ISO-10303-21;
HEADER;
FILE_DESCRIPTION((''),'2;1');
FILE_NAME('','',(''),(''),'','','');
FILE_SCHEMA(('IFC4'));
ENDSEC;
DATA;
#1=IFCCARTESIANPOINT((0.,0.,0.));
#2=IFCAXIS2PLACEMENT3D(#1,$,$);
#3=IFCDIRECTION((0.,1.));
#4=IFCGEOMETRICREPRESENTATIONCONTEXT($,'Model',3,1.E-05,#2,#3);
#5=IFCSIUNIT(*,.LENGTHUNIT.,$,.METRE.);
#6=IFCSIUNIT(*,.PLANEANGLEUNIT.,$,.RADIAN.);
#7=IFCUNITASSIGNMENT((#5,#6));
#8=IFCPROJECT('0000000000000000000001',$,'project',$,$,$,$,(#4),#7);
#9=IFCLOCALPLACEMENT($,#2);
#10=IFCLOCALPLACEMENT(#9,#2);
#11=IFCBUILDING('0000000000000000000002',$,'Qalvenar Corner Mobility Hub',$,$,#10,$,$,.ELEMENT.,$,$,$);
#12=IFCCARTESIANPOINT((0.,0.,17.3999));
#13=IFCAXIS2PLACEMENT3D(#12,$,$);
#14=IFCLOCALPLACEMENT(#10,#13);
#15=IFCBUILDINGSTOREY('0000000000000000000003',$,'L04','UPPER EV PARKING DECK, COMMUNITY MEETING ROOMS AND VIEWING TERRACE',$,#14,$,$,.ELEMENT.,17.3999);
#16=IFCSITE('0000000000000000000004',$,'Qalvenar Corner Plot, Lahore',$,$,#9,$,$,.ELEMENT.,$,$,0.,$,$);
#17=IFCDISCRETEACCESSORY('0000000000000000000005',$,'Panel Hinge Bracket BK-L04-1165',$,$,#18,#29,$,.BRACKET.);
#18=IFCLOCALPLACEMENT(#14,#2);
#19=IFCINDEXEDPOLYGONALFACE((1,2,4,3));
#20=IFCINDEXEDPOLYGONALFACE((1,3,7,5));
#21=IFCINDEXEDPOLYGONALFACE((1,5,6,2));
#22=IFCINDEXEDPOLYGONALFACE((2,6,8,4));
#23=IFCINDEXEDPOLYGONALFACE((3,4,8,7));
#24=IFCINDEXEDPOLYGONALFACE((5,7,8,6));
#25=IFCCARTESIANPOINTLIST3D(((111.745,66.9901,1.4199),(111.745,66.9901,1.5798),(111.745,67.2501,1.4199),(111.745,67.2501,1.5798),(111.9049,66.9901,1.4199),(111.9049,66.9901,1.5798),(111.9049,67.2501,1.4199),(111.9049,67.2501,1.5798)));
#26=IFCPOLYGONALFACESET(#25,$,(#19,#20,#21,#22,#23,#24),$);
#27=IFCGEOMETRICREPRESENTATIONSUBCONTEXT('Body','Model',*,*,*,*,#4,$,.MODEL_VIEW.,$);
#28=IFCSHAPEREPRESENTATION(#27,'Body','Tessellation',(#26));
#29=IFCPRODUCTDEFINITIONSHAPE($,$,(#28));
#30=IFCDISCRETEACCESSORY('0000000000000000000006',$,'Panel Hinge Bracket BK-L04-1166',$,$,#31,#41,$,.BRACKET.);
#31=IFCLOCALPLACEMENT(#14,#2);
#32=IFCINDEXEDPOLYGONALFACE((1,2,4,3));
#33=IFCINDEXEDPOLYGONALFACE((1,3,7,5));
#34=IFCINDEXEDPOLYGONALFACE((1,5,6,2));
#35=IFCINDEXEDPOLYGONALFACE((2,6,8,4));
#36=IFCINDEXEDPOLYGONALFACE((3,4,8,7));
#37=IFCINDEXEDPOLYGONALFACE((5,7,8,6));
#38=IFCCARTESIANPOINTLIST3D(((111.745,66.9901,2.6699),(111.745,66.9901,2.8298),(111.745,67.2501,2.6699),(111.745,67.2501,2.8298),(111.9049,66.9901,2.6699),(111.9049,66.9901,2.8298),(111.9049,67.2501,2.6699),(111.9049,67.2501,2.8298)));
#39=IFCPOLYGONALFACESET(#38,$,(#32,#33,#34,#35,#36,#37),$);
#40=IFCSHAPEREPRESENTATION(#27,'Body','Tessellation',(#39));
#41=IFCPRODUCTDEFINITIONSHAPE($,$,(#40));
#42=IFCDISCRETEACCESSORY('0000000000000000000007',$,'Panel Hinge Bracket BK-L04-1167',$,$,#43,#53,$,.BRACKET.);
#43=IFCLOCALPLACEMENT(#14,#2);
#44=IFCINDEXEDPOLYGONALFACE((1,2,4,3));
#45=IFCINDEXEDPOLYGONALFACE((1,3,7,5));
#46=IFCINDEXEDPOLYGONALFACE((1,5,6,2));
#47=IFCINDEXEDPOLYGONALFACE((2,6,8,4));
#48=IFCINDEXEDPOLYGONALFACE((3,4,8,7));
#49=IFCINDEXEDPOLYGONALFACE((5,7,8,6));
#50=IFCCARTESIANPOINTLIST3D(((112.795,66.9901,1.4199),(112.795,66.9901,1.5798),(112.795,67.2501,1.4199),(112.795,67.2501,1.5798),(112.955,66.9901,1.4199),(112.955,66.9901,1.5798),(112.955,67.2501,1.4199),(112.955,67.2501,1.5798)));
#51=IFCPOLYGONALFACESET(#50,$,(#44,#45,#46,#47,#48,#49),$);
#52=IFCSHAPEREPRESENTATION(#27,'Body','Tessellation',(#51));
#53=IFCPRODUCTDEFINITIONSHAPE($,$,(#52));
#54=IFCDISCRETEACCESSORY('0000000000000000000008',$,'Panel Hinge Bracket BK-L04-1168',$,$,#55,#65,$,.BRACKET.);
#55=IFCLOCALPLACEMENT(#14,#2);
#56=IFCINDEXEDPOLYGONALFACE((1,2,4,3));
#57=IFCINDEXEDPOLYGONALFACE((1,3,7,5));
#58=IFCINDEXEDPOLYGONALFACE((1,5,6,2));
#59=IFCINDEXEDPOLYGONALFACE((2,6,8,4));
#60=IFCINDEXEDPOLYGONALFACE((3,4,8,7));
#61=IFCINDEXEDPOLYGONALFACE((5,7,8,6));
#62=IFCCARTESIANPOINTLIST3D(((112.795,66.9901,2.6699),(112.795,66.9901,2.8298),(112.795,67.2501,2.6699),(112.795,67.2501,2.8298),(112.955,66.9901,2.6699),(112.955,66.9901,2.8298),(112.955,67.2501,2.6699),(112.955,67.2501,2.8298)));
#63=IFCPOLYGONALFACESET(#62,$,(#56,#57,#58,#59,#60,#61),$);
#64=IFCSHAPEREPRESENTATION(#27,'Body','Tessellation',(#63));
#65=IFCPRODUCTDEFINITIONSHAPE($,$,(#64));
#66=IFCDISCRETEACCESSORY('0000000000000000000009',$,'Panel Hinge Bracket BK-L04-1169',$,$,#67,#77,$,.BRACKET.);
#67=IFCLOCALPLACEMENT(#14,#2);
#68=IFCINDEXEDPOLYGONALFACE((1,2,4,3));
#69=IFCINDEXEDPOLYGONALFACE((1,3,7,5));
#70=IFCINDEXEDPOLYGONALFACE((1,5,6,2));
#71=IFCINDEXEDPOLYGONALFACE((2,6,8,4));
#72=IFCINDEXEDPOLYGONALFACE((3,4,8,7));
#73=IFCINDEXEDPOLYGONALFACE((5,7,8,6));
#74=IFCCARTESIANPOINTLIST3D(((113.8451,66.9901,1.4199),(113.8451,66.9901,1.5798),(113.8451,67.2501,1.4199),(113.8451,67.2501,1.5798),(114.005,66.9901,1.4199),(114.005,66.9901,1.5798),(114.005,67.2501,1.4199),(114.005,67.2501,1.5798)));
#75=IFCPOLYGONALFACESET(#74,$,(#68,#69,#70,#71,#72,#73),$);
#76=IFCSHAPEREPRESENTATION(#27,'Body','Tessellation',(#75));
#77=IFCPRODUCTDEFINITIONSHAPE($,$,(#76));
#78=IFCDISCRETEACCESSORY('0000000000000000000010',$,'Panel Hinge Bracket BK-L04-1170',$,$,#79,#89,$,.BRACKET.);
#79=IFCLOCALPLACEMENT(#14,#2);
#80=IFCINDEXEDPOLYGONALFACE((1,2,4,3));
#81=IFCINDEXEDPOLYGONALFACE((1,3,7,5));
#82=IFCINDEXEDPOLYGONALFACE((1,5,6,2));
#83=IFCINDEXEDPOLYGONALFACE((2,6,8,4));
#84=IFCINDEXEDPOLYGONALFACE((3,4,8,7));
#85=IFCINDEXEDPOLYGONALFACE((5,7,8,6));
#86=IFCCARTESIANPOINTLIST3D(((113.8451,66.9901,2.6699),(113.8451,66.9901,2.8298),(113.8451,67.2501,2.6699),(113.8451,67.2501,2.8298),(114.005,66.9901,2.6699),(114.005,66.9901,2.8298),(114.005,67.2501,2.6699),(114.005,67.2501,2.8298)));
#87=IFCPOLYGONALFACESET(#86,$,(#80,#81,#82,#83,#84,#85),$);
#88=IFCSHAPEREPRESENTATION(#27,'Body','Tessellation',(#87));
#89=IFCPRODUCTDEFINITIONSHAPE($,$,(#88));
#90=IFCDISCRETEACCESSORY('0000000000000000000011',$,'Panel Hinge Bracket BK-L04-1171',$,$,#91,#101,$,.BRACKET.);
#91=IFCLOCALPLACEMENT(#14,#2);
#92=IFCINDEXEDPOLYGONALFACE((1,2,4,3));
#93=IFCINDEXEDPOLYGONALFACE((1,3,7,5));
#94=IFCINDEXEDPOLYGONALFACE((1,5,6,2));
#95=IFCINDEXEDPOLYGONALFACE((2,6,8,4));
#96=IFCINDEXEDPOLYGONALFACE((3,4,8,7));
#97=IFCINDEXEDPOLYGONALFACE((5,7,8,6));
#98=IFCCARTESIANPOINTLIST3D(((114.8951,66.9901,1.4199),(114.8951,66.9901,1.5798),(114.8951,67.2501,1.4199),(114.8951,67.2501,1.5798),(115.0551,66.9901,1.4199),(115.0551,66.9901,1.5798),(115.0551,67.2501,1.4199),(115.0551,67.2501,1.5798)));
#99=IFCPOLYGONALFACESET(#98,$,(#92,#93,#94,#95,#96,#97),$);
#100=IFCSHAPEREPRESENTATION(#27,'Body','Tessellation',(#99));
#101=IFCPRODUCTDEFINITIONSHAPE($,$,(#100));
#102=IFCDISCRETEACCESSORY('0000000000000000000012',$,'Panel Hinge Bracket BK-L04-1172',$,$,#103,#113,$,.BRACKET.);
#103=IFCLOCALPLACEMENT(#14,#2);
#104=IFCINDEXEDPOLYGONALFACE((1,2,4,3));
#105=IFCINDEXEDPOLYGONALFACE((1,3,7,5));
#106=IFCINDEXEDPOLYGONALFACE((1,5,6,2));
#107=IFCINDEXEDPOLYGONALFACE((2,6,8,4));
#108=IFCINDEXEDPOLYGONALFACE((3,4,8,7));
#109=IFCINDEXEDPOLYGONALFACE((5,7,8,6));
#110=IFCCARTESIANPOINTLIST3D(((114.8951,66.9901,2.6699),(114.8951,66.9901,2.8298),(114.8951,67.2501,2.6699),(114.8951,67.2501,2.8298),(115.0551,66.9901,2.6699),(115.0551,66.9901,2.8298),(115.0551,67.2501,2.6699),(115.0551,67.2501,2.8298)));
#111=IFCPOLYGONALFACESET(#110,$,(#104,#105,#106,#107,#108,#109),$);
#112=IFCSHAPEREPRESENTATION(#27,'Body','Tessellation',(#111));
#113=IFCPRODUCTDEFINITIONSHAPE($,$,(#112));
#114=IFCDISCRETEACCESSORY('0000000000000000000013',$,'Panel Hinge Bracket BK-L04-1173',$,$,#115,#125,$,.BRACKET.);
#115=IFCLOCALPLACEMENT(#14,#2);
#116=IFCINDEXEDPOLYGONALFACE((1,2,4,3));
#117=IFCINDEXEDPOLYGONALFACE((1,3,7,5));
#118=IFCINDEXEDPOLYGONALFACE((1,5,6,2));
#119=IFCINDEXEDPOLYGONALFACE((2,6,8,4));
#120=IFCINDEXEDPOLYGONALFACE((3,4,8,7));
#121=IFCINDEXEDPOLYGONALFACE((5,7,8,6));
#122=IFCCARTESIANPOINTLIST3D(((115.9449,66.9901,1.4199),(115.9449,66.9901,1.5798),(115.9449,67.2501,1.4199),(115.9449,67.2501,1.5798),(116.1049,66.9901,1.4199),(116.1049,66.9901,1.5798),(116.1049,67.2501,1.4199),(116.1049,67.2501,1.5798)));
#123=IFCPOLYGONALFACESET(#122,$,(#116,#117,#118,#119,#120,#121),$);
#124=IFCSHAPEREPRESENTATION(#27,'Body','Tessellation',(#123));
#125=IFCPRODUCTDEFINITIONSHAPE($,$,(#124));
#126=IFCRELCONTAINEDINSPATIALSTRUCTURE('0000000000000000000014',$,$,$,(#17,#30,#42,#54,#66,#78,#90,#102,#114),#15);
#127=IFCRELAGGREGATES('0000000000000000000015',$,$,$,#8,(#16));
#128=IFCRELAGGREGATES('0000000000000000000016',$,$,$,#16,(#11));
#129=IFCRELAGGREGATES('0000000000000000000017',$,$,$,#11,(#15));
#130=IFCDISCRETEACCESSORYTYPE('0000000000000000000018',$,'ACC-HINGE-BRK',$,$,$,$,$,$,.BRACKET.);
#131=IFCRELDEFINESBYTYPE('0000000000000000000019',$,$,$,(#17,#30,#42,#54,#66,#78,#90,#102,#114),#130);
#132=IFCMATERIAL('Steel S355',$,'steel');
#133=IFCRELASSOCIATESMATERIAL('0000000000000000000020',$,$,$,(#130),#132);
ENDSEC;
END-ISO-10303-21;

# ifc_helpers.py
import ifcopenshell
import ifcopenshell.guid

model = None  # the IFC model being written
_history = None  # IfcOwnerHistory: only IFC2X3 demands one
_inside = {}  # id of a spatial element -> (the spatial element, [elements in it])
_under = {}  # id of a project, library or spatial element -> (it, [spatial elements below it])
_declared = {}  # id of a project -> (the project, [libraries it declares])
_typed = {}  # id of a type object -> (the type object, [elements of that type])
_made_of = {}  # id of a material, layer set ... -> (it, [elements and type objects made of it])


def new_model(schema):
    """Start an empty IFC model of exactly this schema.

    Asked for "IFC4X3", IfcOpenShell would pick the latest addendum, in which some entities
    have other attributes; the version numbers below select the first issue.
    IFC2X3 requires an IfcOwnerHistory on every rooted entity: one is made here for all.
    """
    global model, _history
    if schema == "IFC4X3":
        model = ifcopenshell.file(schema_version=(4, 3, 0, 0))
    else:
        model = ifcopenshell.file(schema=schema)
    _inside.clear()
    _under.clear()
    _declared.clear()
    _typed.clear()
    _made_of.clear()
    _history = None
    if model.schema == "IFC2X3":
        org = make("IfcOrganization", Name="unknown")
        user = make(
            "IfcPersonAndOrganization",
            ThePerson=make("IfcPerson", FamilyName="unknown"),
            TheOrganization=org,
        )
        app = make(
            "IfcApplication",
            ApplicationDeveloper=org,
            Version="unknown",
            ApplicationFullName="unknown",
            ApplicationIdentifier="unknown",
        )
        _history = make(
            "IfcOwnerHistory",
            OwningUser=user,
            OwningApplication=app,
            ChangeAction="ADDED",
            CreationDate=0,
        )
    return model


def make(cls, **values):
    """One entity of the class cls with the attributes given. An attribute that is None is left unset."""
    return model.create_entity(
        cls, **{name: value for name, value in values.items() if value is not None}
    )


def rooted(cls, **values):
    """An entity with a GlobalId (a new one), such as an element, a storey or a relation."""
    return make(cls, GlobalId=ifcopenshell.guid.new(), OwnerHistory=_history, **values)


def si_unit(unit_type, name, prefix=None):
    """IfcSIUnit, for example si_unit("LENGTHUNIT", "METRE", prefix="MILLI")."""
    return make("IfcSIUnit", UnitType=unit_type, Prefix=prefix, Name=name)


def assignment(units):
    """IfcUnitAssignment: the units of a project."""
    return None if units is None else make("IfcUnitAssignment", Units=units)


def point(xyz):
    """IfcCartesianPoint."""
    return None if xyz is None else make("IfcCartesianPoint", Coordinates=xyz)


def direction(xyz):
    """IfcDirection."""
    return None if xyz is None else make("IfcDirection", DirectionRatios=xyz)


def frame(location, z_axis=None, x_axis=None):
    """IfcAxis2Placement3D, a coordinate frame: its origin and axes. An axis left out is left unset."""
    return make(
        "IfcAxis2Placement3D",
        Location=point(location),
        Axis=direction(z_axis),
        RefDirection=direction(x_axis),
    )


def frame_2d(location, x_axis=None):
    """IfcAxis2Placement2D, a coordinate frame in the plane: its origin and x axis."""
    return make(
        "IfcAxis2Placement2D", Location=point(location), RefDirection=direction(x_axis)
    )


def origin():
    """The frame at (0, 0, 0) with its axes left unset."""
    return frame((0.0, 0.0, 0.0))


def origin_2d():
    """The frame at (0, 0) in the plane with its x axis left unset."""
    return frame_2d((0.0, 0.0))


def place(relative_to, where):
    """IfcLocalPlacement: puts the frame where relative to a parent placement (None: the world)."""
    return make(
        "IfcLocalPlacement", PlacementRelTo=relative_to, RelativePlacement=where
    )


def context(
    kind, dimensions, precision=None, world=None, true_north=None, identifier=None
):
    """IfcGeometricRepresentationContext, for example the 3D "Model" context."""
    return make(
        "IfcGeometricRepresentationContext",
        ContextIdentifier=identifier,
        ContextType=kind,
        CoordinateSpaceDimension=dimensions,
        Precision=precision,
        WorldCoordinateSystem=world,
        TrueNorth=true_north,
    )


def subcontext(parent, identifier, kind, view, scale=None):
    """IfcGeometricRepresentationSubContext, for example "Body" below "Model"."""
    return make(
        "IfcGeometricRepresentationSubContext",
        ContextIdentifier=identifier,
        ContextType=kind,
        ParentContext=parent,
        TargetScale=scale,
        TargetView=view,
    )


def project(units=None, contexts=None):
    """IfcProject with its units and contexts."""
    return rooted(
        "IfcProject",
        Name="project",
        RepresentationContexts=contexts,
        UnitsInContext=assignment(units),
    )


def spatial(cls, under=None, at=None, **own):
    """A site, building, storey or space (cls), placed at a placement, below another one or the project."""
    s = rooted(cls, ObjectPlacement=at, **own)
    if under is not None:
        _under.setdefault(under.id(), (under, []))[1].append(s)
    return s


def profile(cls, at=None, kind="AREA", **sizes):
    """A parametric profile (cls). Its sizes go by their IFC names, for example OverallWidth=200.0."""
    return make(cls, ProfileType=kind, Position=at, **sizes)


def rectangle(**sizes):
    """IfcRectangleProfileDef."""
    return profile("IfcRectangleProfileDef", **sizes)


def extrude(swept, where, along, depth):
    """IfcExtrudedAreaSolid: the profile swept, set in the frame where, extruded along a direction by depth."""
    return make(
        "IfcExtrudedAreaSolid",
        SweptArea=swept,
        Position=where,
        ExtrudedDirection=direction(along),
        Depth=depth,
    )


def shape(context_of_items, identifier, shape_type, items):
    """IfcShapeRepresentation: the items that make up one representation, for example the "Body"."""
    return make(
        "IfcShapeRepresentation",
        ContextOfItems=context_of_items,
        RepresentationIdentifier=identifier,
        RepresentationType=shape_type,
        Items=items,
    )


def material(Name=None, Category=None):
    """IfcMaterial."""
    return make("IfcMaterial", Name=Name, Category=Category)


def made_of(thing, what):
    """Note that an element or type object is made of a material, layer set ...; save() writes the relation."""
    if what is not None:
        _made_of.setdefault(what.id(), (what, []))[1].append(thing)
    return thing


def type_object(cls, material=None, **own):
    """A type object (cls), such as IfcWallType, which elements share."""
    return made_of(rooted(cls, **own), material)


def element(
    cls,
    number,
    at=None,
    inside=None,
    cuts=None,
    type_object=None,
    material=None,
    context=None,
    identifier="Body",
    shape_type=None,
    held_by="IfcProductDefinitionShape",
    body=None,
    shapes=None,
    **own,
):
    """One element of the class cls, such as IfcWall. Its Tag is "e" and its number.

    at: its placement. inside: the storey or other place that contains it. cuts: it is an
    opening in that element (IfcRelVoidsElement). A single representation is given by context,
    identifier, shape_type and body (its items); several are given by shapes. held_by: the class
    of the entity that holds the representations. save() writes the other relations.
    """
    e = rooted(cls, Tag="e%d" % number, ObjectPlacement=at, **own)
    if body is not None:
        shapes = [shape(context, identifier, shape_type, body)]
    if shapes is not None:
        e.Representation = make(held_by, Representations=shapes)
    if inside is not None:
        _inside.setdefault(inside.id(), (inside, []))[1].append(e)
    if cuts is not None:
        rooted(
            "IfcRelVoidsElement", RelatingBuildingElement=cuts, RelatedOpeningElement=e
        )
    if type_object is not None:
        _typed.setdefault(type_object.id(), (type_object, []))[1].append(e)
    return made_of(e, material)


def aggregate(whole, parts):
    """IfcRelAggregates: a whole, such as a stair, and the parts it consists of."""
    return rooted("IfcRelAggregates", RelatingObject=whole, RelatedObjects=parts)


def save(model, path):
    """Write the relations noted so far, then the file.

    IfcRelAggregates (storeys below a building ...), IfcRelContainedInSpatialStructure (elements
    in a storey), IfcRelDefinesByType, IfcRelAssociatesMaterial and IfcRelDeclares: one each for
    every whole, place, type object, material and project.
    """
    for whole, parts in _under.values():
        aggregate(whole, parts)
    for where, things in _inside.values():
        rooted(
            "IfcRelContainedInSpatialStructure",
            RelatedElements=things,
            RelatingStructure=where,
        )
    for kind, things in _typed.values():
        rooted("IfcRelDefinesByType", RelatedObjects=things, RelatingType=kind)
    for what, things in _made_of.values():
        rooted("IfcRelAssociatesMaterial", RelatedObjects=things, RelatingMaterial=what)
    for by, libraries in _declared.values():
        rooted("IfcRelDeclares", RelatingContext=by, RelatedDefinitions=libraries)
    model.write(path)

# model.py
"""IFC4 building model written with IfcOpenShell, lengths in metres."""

from ifc_helpers import new_model, si_unit, direction, frame, origin, origin_2d, place, context, subcontext, project, spatial, rectangle, extrude, material, type_object, element, save


model = new_model("IFC4")

# Units and contexts
model_context = context("Model", 3, precision=1e-05, world=origin(), true_north=direction((0.0, 1.0)))
body_context = subcontext(model_context, "Body", "Model", "MODEL_VIEW")
ifc_project = project(units=[si_unit("LENGTHUNIT", "METRE"), si_unit("PLANEANGLEUNIT", "RADIAN")], contexts=[model_context])

# Site, building, storey
site_placement = place(None, origin())
site = spatial("IfcSite", under=ifc_project, at=site_placement, Name="Qalvenar Corner Plot, Lahore", CompositionType="ELEMENT", RefElevation=0.0)
building_placement = place(site_placement, origin())
building = spatial("IfcBuilding", under=site, at=building_placement, Name="Qalvenar Corner Mobility Hub", CompositionType="ELEMENT")
storey_placement = place(building_placement, frame((0.0, 0.0, 17.3999)))
storey = spatial("IfcBuildingStorey", under=building, at=storey_placement, Name="L04", Description="UPPER EV PARKING DECK, COMMUNITY MEETING ROOMS AND VIEWING TERRACE", CompositionType="ELEMENT", Elevation=17.3999)

# Discrete accessories
ifc_material_1 = material(Name="Steel S355", Category="steel")
discrete_accessory_type = type_object("IfcDiscreteAccessoryType", Name="ACC-HINGE-BRK", PredefinedType="BRACKET", material=ifc_material_1)
for number, where, z_axis, x_axis, name in (
    (1, (111.825, 67.1201, 1.4199), (0.0, 0.0, 1.0), (1.0, 0.0, 0.0), "Panel Hinge Bracket BK-L04-1165"),
    (2, (111.825, 67.1201, 2.6699), (0.0, 0.0, 1.0), (1.0, 0.0, 0.0), "Panel Hinge Bracket BK-L04-1166"),
    (3, (112.875, 67.1201, 1.4199), (0.0, 0.0, 1.0), (1.0, 0.0, 0.0), "Panel Hinge Bracket BK-L04-1167"),
    (4, (112.875, 67.1201, 2.6699), (0.0, 0.0, 1.0), (1.0, 0.0, 0.0), "Panel Hinge Bracket BK-L04-1168"),
    (5, (113.925, 67.1201, 1.4199), (0.0, 0.0, 1.0), (1.0, 0.0, 0.0), "Panel Hinge Bracket BK-L04-1169"),
    (6, (113.925, 67.1201, 2.6699), (0.0, 0.0, 1.0), (1.0, 0.0, 0.0), "Panel Hinge Bracket BK-L04-1170"),
    (7, (114.9751, 67.1201, 1.4199), (0.0, 0.0, 1.0), (1.0, 0.0, 0.0), "Panel Hinge Bracket BK-L04-1171"),
    (8, (114.9751, 67.1201, 2.6699), (0.0, 0.0, 1.0), (1.0, 0.0, 0.0), "Panel Hinge Bracket BK-L04-1172"),
    (9, (116.0249, 67.1201, 1.4199), (0.0, 0.0, 1.0), (1.0, 0.0, 0.0), "Panel Hinge Bracket BK-L04-1173"),
):
    element("IfcDiscreteAccessory", number, at=place(storey_placement, frame(where, z_axis=z_axis, x_axis=x_axis)), inside=storey, type_object=discrete_accessory_type, Name=name, PredefinedType="BRACKET", context=body_context, shape_type="SweptSolid", body=[
        extrude(rectangle(XDim=0.1599, YDim=0.26, at=origin_2d()), origin(), (0.0, 0.0, 1.0), 0.1599),
    ])

save(model, "model.ifc")
